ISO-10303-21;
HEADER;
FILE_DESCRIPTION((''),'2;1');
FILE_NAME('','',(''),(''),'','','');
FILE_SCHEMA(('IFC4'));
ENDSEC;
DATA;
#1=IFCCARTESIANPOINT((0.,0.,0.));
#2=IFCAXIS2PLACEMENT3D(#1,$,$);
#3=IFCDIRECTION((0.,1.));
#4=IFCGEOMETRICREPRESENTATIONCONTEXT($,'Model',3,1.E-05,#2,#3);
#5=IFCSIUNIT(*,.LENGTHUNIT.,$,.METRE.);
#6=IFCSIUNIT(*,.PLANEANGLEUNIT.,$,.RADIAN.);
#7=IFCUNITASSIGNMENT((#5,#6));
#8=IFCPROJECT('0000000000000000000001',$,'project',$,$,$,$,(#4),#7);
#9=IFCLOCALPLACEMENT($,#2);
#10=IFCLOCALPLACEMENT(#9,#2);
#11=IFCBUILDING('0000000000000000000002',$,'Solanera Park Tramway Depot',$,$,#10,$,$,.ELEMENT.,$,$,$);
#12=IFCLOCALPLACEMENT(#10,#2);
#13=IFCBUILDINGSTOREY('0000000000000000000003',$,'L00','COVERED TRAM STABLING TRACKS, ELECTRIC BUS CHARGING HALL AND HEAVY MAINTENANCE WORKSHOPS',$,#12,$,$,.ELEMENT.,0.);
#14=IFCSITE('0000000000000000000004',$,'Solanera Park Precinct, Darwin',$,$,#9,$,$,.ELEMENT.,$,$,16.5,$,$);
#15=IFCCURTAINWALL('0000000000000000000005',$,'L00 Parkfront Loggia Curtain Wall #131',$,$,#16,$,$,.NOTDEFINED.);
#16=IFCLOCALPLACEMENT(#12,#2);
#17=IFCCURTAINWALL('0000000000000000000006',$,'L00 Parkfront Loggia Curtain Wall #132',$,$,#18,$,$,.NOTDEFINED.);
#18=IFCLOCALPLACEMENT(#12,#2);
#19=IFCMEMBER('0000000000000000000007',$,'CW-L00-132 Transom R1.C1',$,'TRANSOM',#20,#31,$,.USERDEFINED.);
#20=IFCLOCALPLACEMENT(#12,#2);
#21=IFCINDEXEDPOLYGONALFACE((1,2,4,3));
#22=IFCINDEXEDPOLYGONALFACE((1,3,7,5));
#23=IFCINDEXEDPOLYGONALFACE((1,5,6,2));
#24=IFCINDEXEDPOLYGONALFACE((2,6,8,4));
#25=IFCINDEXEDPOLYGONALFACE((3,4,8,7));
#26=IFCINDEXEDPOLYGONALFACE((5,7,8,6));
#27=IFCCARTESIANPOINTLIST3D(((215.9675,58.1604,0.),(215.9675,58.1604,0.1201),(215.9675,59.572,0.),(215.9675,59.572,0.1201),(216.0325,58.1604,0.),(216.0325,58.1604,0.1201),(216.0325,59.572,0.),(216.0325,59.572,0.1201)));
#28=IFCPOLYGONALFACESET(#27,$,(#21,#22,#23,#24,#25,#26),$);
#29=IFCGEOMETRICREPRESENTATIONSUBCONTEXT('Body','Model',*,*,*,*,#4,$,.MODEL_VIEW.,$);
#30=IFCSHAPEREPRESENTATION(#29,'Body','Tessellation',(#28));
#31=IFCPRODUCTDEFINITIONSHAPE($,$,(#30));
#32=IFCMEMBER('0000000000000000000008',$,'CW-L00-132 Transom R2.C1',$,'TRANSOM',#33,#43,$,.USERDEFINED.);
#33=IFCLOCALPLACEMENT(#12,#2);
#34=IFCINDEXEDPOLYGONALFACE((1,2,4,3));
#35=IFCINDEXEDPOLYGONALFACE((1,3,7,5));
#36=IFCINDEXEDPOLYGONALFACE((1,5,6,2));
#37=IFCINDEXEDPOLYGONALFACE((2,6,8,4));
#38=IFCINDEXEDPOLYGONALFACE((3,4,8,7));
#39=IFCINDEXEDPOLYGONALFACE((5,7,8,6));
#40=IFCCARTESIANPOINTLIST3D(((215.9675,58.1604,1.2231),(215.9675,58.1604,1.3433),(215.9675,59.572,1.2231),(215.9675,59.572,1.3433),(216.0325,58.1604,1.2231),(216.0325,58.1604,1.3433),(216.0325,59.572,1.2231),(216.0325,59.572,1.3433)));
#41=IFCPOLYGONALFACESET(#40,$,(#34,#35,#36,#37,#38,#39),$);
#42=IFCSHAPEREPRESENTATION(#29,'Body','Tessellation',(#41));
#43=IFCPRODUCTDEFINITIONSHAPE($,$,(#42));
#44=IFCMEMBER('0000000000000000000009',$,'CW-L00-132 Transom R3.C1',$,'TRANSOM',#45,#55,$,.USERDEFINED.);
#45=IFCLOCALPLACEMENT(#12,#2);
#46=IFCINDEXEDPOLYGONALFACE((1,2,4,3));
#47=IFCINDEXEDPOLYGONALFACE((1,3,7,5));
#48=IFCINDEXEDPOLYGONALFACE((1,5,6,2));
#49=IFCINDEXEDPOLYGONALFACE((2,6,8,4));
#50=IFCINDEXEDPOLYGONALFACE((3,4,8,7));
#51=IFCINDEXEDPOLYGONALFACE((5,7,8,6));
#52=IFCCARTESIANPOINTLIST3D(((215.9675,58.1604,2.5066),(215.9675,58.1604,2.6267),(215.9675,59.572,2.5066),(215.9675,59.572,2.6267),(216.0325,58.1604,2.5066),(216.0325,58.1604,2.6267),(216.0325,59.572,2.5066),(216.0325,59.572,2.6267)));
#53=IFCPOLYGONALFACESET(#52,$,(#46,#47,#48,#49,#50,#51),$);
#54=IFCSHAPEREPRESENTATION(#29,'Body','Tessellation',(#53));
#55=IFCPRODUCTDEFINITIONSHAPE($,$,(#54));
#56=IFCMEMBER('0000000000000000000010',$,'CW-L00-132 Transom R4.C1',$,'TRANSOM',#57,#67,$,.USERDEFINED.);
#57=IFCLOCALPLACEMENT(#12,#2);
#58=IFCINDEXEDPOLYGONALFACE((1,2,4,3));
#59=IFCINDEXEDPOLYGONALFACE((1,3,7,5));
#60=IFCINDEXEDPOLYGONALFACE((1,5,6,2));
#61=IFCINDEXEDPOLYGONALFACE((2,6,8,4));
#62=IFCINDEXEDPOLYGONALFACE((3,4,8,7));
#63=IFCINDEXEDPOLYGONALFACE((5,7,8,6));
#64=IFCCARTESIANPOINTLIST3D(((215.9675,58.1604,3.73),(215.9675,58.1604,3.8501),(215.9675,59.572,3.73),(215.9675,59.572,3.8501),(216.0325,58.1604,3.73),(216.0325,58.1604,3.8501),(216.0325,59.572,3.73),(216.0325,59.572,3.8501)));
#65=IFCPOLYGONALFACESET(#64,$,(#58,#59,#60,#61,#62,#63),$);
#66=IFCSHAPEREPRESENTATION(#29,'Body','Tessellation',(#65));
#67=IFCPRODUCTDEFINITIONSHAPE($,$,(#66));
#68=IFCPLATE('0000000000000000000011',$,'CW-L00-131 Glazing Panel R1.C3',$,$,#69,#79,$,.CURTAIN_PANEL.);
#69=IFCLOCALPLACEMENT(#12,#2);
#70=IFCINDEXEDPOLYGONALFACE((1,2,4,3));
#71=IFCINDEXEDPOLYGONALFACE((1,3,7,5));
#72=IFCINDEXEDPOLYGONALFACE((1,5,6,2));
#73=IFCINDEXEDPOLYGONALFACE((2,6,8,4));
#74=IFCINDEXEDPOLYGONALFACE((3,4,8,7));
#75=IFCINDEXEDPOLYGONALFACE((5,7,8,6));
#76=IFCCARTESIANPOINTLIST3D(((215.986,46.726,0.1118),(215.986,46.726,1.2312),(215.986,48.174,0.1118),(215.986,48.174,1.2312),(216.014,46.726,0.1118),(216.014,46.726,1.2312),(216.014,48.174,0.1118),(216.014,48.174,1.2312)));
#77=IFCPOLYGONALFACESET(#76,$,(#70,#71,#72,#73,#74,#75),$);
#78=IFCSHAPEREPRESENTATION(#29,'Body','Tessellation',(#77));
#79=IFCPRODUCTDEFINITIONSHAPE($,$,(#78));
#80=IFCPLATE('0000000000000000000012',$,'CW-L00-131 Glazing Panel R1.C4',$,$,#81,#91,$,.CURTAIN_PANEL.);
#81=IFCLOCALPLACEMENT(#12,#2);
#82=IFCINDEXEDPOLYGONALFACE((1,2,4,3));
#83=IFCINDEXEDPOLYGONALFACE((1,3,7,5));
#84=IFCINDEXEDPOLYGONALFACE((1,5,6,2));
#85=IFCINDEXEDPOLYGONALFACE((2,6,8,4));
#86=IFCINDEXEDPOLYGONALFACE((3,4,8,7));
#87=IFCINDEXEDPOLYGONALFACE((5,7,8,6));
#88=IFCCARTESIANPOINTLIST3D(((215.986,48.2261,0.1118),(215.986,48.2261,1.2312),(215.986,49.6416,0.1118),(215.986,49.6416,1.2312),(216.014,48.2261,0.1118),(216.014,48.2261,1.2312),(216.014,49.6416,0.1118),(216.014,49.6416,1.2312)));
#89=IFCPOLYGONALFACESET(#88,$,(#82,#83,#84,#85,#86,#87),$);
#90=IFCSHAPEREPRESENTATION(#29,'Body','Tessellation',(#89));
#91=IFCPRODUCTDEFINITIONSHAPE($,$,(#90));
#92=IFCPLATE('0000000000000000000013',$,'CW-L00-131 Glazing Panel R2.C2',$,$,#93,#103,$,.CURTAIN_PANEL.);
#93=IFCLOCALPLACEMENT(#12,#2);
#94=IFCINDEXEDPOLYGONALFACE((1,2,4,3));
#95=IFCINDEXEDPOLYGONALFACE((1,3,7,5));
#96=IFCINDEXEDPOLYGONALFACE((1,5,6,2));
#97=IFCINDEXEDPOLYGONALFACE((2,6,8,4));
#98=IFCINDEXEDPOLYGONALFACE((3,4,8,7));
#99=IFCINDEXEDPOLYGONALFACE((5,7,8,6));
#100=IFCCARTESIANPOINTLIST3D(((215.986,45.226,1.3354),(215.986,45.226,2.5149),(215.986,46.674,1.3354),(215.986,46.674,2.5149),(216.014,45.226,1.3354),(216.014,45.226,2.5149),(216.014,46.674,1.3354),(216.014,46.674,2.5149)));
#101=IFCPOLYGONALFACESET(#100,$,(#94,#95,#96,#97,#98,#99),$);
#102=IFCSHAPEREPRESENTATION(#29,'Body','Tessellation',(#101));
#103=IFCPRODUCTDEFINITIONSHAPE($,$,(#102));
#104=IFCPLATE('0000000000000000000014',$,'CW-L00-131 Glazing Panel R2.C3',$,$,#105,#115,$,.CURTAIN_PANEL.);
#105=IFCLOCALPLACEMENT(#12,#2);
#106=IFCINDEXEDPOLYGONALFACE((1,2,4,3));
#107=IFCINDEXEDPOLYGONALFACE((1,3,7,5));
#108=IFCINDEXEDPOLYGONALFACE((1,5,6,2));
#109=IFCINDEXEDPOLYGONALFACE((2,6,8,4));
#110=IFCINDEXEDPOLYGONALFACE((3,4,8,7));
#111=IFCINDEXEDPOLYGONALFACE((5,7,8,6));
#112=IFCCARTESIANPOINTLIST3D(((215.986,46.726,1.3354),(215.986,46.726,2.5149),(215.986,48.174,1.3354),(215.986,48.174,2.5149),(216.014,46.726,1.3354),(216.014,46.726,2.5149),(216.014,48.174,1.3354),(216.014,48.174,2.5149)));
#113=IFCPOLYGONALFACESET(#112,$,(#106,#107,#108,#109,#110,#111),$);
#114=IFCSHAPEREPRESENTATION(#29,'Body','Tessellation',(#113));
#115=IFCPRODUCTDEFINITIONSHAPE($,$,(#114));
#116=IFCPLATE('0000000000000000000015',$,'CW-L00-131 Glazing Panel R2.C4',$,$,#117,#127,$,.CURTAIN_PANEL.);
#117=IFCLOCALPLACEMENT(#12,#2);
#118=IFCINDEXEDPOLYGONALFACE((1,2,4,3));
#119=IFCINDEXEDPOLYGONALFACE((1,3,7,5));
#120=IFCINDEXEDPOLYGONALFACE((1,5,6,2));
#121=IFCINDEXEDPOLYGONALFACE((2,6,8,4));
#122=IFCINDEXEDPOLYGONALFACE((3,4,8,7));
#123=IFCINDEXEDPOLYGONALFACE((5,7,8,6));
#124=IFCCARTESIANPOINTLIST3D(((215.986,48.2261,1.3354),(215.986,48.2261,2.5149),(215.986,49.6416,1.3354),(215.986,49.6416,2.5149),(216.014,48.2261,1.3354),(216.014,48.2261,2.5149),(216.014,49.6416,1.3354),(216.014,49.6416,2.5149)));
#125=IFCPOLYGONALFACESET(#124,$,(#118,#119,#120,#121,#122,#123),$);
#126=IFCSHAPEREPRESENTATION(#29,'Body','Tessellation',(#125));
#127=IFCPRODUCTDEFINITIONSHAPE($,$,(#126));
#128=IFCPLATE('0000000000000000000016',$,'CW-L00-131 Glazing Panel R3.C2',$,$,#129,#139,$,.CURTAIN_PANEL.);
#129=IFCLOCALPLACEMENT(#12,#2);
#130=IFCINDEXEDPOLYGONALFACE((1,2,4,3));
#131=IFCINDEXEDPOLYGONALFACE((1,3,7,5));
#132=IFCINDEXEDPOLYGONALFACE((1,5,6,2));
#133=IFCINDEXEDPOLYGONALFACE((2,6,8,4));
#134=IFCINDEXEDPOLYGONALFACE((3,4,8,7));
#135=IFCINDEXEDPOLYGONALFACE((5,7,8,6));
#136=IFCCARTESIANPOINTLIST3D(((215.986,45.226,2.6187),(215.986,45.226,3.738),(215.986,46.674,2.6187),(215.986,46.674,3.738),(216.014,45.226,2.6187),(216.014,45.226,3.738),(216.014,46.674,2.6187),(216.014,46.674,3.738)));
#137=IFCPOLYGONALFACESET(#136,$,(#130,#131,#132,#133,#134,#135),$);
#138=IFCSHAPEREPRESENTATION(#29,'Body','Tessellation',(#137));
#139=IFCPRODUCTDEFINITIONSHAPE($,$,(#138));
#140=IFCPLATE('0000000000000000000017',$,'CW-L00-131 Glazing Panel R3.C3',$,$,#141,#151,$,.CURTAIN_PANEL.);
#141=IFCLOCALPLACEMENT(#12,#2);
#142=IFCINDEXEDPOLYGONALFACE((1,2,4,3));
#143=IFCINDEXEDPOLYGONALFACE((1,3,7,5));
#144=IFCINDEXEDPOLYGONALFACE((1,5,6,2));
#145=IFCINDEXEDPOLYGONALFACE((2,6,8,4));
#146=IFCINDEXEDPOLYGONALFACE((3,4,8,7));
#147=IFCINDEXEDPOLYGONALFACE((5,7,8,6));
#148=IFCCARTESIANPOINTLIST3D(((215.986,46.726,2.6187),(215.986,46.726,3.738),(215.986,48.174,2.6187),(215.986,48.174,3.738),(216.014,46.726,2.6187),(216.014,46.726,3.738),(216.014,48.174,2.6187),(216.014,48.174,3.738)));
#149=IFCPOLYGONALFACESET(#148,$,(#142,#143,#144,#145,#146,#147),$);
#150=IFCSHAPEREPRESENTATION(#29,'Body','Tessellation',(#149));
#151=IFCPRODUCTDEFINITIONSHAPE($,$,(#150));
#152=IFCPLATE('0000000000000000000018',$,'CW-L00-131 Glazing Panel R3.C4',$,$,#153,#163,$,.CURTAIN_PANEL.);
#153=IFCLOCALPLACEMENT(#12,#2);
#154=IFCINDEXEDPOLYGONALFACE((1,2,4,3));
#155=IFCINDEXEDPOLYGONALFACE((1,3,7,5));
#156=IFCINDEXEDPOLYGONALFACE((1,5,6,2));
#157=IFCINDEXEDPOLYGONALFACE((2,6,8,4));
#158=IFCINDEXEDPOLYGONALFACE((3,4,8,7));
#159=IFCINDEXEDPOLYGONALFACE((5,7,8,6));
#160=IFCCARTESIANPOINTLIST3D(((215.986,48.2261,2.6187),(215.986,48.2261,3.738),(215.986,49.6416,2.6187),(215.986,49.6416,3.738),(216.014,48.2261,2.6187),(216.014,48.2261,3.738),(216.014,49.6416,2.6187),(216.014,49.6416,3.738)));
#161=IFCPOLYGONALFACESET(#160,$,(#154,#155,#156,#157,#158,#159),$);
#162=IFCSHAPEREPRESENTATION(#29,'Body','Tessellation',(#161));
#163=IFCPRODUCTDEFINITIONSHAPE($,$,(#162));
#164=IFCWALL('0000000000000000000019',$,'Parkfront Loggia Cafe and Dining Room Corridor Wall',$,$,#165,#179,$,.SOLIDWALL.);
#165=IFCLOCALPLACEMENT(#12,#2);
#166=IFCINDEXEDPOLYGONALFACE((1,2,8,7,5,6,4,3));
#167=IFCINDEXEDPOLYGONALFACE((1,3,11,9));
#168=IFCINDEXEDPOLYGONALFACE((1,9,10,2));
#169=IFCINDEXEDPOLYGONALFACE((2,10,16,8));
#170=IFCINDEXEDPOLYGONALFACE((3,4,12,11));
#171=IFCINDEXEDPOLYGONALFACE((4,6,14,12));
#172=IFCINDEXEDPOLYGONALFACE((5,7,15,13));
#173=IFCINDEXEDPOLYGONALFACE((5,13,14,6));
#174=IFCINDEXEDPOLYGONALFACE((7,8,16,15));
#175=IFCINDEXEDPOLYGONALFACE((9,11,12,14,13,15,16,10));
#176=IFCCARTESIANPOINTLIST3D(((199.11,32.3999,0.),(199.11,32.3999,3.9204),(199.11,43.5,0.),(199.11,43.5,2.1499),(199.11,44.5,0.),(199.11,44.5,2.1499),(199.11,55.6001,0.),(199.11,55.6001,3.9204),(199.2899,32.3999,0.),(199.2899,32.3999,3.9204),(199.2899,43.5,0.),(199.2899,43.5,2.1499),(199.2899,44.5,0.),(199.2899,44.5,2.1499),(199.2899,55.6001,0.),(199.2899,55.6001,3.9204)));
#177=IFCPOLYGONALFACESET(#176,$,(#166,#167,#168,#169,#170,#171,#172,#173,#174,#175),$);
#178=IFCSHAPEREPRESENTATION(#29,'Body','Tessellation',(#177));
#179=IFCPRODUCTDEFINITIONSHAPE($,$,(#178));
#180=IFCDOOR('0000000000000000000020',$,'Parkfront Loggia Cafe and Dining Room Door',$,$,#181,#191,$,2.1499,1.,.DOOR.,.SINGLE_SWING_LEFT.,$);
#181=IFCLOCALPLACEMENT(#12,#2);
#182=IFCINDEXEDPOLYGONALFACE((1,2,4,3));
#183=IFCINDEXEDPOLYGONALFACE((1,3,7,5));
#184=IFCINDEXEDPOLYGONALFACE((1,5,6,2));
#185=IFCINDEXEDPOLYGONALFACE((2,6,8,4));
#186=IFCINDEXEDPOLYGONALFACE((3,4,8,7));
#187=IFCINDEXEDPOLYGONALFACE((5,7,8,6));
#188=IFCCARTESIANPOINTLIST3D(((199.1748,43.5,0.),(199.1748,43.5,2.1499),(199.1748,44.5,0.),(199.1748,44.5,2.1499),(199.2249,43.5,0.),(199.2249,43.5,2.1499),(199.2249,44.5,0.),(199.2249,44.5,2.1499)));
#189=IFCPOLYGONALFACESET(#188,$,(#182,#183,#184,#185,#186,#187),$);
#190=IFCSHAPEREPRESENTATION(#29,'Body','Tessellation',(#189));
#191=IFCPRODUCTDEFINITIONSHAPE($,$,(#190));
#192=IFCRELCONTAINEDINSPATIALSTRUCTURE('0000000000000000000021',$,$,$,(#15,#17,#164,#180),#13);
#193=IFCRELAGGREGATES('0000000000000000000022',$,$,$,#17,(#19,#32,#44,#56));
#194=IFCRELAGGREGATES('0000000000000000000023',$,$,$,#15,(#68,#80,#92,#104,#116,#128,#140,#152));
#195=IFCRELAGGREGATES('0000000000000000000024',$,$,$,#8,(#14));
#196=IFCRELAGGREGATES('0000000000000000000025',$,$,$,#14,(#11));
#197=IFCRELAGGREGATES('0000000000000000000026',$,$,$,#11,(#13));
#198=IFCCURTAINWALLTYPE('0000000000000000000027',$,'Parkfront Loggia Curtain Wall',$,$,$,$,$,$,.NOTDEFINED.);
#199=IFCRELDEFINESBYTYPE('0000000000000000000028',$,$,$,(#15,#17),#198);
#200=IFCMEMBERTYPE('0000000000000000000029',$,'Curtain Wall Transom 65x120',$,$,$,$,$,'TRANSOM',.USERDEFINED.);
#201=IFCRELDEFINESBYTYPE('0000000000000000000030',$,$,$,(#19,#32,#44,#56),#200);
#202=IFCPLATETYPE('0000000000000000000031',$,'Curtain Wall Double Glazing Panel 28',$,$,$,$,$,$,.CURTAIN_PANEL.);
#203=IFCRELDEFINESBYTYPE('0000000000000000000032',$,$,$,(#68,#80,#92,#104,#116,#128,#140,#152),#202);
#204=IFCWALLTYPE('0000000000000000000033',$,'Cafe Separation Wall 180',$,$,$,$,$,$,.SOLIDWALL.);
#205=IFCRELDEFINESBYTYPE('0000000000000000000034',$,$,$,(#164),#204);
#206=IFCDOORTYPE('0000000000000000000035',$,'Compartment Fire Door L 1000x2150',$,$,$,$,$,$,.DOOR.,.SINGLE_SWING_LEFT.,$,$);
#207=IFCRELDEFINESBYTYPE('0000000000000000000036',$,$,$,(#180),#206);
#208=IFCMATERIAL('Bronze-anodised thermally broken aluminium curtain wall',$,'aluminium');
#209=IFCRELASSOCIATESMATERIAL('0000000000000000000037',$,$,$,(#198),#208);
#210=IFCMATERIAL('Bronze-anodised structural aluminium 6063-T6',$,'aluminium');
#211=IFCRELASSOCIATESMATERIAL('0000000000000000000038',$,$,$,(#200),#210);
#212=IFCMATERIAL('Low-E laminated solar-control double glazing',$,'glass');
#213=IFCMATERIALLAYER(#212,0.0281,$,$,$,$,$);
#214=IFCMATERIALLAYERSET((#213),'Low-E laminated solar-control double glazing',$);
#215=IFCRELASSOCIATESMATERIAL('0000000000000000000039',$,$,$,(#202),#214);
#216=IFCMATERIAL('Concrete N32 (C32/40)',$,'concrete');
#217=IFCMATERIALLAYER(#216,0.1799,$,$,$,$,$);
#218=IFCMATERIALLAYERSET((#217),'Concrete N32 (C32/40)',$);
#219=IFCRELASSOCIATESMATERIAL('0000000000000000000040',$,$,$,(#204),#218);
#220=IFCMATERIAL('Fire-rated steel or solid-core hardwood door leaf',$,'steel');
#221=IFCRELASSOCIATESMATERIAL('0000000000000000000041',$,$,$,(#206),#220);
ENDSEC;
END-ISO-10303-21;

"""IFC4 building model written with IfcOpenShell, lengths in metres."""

from ifc_helpers import new_model, si_unit, direction, frame, frame_2d, origin, origin_2d, place, context, subcontext, project, spatial, rectangle, extrude, material, layer, layer_set, material_profile, profile_set, type_object, element, fill, aggregate, save


model = new_model("IFC4")

# Units and contexts
model_context = context("Model", 3, precision=1e-05, world=origin(), true_north=direction((0.0, 1.0)))
body_context = subcontext(model_context, "Body", "Model", "MODEL_VIEW")
ifc_project = project(units=[si_unit("LENGTHUNIT", "METRE"), si_unit("PLANEANGLEUNIT", "RADIAN")], contexts=[model_context])

# Site, building, storey
site_placement = place(None, origin())
site = spatial("IfcSite", under=ifc_project, at=site_placement, Name="Solanera Park Precinct, Darwin", CompositionType="ELEMENT", RefElevation=16.5)
building_placement = place(site_placement, origin())
building = spatial("IfcBuilding", under=site, at=building_placement, Name="Solanera Park Tramway Depot", CompositionType="ELEMENT")
storey_placement = place(building_placement, origin())
storey = spatial("IfcBuildingStorey", under=building, at=storey_placement, Name="L00", Description="COVERED TRAM STABLING TRACKS, ELECTRIC BUS CHARGING HALL AND HEAVY MAINTENANCE WORKSHOPS", CompositionType="ELEMENT", Elevation=0.0)

# Curtain wall
ifc_material_1 = material(Name="Bronze-anodised thermally broken aluminium curtain wall", Category="aluminium")
curtain_wall_type = type_object("IfcCurtainWallType", Name="Parkfront Loggia Curtain Wall", PredefinedType="NOTDEFINED", material=ifc_material_1)
curtain_wall_1_placement = place(storey_placement, origin())
curtain_wall_1 = element("IfcCurtainWall", 1, at=curtain_wall_1_placement, inside=storey, type_object=curtain_wall_type, Name="L00 Parkfront Loggia Curtain Wall #131", PredefinedType="NOTDEFINED")

# Curtain wall
curtain_wall_2_placement = place(storey_placement, origin())
curtain_wall_2 = element("IfcCurtainWall", 2, at=curtain_wall_2_placement, inside=storey, type_object=curtain_wall_type, Name="L00 Parkfront Loggia Curtain Wall #132", PredefinedType="NOTDEFINED")

# Members
ifc_material_2 = material(Name="Bronze-anodised structural aluminium 6063-T6", Category="aluminium")
ifc_material_profile_1 = material_profile(ifc_material_2, rectangle(XDim=0.0649, YDim=0.1201, at=origin_2d()), Name="Curtain Wall Transom 65x120")
ifc_profile_set_1 = profile_set([ifc_material_profile_1], Name="Bronze-anodised structural aluminium 6063-T6")
member_type_1 = type_object("IfcMemberType", Name="Curtain Wall Transom 65x120", ElementType="TRANSOM", PredefinedType="USERDEFINED", material=ifc_profile_set_1)
member_1_placement = place(storey_placement, frame((216.0, 58.1604, 0.0601), z_axis=(0.0, 1.0, 0.0), x_axis=(-1.0, 0.0, 0.0)))
member_1 = element("IfcMember", 3, at=member_1_placement, type_object=member_type_1, Name="CW-L00-132 Transom R1.C1", ObjectType="TRANSOM", PredefinedType="USERDEFINED", context=body_context, shape_type="SweptSolid", body=[
    extrude(rectangle(XDim=0.0649, YDim=0.1201, at=origin_2d()), origin(), (0.0, 0.0, 1.0), 1.4116),
])
member_2_placement = place(storey_placement, frame((216.0, 58.1604, 1.2832), z_axis=(0.0, 1.0, 0.0), x_axis=(-1.0, 0.0, 0.0)))
member_2 = element("IfcMember", 4, at=member_2_placement, type_object=member_type_1, Name="CW-L00-132 Transom R2.C1", ObjectType="TRANSOM", PredefinedType="USERDEFINED", context=body_context, shape_type="SweptSolid", body=[
    extrude(rectangle(XDim=0.0649, YDim=0.1201, at=origin_2d()), origin(), (0.0, 0.0, 1.0), 1.4116),
])
member_3_placement = place(storey_placement, frame((216.0, 58.1604, 2.5667), z_axis=(0.0, 1.0, 0.0), x_axis=(-1.0, 0.0, 0.0)))
member_3 = element("IfcMember", 5, at=member_3_placement, type_object=member_type_1, Name="CW-L00-132 Transom R3.C1", ObjectType="TRANSOM", PredefinedType="USERDEFINED", context=body_context, shape_type="SweptSolid", body=[
    extrude(rectangle(XDim=0.0649, YDim=0.1201, at=origin_2d()), origin(), (0.0, 0.0, 1.0), 1.4116),
])
member_4_placement = place(storey_placement, frame((216.0, 58.1604, 3.79), z_axis=(0.0, 1.0, 0.0), x_axis=(-1.0, 0.0, 0.0)))
member_4 = element("IfcMember", 6, at=member_4_placement, type_object=member_type_1, Name="CW-L00-132 Transom R4.C1", ObjectType="TRANSOM", PredefinedType="USERDEFINED", context=body_context, shape_type="SweptSolid", body=[
    extrude(rectangle(XDim=0.0649, YDim=0.1201, at=origin_2d()), origin(), (0.0, 0.0, 1.0), 1.4116),
])
aggregate(curtain_wall_2, [member_1, member_2, member_3, member_4])

# Plates
ifc_material_3 = material(Name="Low-E laminated solar-control double glazing", Category="glass")
ifc_layer_1 = layer(ifc_material_3, 0.0281)
ifc_layer_set_1 = layer_set([ifc_layer_1], Name="Low-E laminated solar-control double glazing")
plate_type = type_object("IfcPlateType", Name="Curtain Wall Double Glazing Panel 28", PredefinedType="CURTAIN_PANEL", material=ifc_layer_set_1)
plate_1_placement = place(storey_placement, frame((216.0, 47.45, 0.1118), z_axis=(0.0, 0.0, 1.0), x_axis=(0.0, 1.0, 0.0)))
plate_1 = element("IfcPlate", 7, at=plate_1_placement, type_object=plate_type, Name="CW-L00-131 Glazing Panel R1.C3", PredefinedType="CURTAIN_PANEL", context=body_context, shape_type="SweptSolid", body=[
    extrude(rectangle(XDim=1.448, YDim=0.0281, at=origin_2d()), origin(), (0.0, 0.0, 1.0), 1.1194),
])
plate_2_placement = place(storey_placement, frame((216.0, 48.9338, 0.1118), z_axis=(0.0, 0.0, 1.0), x_axis=(0.0, 1.0, 0.0)))
plate_2 = element("IfcPlate", 8, at=plate_2_placement, type_object=plate_type, Name="CW-L00-131 Glazing Panel R1.C4", PredefinedType="CURTAIN_PANEL", context=body_context, shape_type="SweptSolid", body=[
    extrude(rectangle(XDim=1.4155, YDim=0.0281, at=origin_2d()), origin(), (0.0, 0.0, 1.0), 1.1194),
])
plate_3_placement = place(storey_placement, frame((216.0, 45.95, 1.3354), z_axis=(0.0, 0.0, 1.0), x_axis=(0.0, 1.0, 0.0)))
plate_3 = element("IfcPlate", 9, at=plate_3_placement, type_object=plate_type, Name="CW-L00-131 Glazing Panel R2.C2", PredefinedType="CURTAIN_PANEL", context=body_context, shape_type="SweptSolid", body=[
    extrude(rectangle(XDim=1.448, YDim=0.0281, at=origin_2d()), origin(), (0.0, 0.0, 1.0), 1.1794),
])
plate_4_placement = place(storey_placement, frame((216.0, 47.45, 1.3354), z_axis=(0.0, 0.0, 1.0), x_axis=(0.0, 1.0, 0.0)))
plate_4 = element("IfcPlate", 10, at=plate_4_placement, type_object=plate_type, Name="CW-L00-131 Glazing Panel R2.C3", PredefinedType="CURTAIN_PANEL", context=body_context, shape_type="SweptSolid", body=[
    extrude(rectangle(XDim=1.448, YDim=0.0281, at=origin_2d()), origin(), (0.0, 0.0, 1.0), 1.1794),
])
plate_5_placement = place(storey_placement, frame((216.0, 48.9338, 1.3354), z_axis=(0.0, 0.0, 1.0), x_axis=(0.0, 1.0, 0.0)))
plate_5 = element("IfcPlate", 11, at=plate_5_placement, type_object=plate_type, Name="CW-L00-131 Glazing Panel R2.C4", PredefinedType="CURTAIN_PANEL", context=body_context, shape_type="SweptSolid", body=[
    extrude(rectangle(XDim=1.4155, YDim=0.0281, at=origin_2d()), origin(), (0.0, 0.0, 1.0), 1.1794),
])
plate_6_placement = place(storey_placement, frame((216.0, 45.95, 2.6187), z_axis=(0.0, 0.0, 1.0), x_axis=(0.0, 1.0, 0.0)))
plate_6 = element("IfcPlate", 12, at=plate_6_placement, type_object=plate_type, Name="CW-L00-131 Glazing Panel R3.C2", PredefinedType="CURTAIN_PANEL", context=body_context, shape_type="SweptSolid", body=[
    extrude(rectangle(XDim=1.448, YDim=0.0281, at=origin_2d()), origin(), (0.0, 0.0, 1.0), 1.1194),
])
plate_7_placement = place(storey_placement, frame((216.0, 47.45, 2.6187), z_axis=(0.0, 0.0, 1.0), x_axis=(0.0, 1.0, 0.0)))
plate_7 = element("IfcPlate", 13, at=plate_7_placement, type_object=plate_type, Name="CW-L00-131 Glazing Panel R3.C3", PredefinedType="CURTAIN_PANEL", context=body_context, shape_type="SweptSolid", body=[
    extrude(rectangle(XDim=1.448, YDim=0.0281, at=origin_2d()), origin(), (0.0, 0.0, 1.0), 1.1194),
])
plate_8_placement = place(storey_placement, frame((216.0, 48.9338, 2.6187), z_axis=(0.0, 0.0, 1.0), x_axis=(0.0, 1.0, 0.0)))
plate_8 = element("IfcPlate", 14, at=plate_8_placement, type_object=plate_type, Name="CW-L00-131 Glazing Panel R3.C4", PredefinedType="CURTAIN_PANEL", context=body_context, shape_type="SweptSolid", body=[
    extrude(rectangle(XDim=1.4155, YDim=0.0281, at=origin_2d()), origin(), (0.0, 0.0, 1.0), 1.1194),
])
aggregate(curtain_wall_1, [plate_1, plate_2, plate_3, plate_4, plate_5, plate_6, plate_7, plate_8])

# Wall, opening, door
ifc_material_4 = material(Name="Concrete N32 (C32/40)", Category="concrete")
ifc_layer_2 = layer(ifc_material_4, 0.1799)
ifc_layer_set_2 = layer_set([ifc_layer_2], Name="Concrete N32 (C32/40)")
wall_type = type_object("IfcWallType", Name="Cafe Separation Wall 180", PredefinedType="SOLIDWALL", material=ifc_layer_set_2)
wall_placement = place(storey_placement, frame((199.2, 55.6001, 0.0), z_axis=(0.0, 0.0, 1.0), x_axis=(0.0, -1.0, 0.0)))
wall = element("IfcWall", 15, at=wall_placement, inside=storey, type_object=wall_type, Name="Parkfront Loggia Cafe and Dining Room Corridor Wall", PredefinedType="SOLIDWALL", context=body_context, shape_type="SweptSolid", body=[
    extrude(rectangle(XDim=23.2002, YDim=0.1799, at=frame_2d((11.6001, 0.0))), origin(), (0.0, 0.0, 1.0), 3.9204),
])
opening_placement = place(wall_placement, frame((11.1001, 0.0, 0.0)))
opening = element("IfcOpeningElement", 16, at=opening_placement, cuts=wall, PredefinedType="OPENING", context=body_context, shape_type="SweptSolid", body=[
    extrude(rectangle(XDim=1.0, YDim=2.1499, at=frame_2d((0.5, 1.075))), frame((0.0, 0.1001, 0.0), z_axis=(0.0, -1.0, 0.0), x_axis=(1.0, 0.0, 0.0)), (0.0, 0.0, 1.0), 0.2),
])
ifc_material_5 = material(Name="Fire-rated steel or solid-core hardwood door leaf", Category="steel")
door_type = type_object("IfcDoorType", Name="Compartment Fire Door L 1000x2150", OperationType="SINGLE_SWING_LEFT", PredefinedType="DOOR", material=ifc_material_5)
door_placement = place(opening_placement, origin())
door = element("IfcDoor", 17, at=door_placement, inside=storey, type_object=door_type, Name="Parkfront Loggia Cafe and Dining Room Door", OperationType="SINGLE_SWING_LEFT", OverallHeight=2.1499, OverallWidth=1.0, PredefinedType="DOOR", context=body_context, shape_type="SweptSolid", body=[
    extrude(rectangle(XDim=1.0, YDim=2.1499, at=frame_2d((0.5, 1.075))), frame((0.0, 0.0249, 0.0), z_axis=(0.0, -1.0, 0.0), x_axis=(1.0, 0.0, 0.0)), (0.0, 0.0, 1.0), 0.05),
])
fill(opening, door)

save(model, "model.ifc")
